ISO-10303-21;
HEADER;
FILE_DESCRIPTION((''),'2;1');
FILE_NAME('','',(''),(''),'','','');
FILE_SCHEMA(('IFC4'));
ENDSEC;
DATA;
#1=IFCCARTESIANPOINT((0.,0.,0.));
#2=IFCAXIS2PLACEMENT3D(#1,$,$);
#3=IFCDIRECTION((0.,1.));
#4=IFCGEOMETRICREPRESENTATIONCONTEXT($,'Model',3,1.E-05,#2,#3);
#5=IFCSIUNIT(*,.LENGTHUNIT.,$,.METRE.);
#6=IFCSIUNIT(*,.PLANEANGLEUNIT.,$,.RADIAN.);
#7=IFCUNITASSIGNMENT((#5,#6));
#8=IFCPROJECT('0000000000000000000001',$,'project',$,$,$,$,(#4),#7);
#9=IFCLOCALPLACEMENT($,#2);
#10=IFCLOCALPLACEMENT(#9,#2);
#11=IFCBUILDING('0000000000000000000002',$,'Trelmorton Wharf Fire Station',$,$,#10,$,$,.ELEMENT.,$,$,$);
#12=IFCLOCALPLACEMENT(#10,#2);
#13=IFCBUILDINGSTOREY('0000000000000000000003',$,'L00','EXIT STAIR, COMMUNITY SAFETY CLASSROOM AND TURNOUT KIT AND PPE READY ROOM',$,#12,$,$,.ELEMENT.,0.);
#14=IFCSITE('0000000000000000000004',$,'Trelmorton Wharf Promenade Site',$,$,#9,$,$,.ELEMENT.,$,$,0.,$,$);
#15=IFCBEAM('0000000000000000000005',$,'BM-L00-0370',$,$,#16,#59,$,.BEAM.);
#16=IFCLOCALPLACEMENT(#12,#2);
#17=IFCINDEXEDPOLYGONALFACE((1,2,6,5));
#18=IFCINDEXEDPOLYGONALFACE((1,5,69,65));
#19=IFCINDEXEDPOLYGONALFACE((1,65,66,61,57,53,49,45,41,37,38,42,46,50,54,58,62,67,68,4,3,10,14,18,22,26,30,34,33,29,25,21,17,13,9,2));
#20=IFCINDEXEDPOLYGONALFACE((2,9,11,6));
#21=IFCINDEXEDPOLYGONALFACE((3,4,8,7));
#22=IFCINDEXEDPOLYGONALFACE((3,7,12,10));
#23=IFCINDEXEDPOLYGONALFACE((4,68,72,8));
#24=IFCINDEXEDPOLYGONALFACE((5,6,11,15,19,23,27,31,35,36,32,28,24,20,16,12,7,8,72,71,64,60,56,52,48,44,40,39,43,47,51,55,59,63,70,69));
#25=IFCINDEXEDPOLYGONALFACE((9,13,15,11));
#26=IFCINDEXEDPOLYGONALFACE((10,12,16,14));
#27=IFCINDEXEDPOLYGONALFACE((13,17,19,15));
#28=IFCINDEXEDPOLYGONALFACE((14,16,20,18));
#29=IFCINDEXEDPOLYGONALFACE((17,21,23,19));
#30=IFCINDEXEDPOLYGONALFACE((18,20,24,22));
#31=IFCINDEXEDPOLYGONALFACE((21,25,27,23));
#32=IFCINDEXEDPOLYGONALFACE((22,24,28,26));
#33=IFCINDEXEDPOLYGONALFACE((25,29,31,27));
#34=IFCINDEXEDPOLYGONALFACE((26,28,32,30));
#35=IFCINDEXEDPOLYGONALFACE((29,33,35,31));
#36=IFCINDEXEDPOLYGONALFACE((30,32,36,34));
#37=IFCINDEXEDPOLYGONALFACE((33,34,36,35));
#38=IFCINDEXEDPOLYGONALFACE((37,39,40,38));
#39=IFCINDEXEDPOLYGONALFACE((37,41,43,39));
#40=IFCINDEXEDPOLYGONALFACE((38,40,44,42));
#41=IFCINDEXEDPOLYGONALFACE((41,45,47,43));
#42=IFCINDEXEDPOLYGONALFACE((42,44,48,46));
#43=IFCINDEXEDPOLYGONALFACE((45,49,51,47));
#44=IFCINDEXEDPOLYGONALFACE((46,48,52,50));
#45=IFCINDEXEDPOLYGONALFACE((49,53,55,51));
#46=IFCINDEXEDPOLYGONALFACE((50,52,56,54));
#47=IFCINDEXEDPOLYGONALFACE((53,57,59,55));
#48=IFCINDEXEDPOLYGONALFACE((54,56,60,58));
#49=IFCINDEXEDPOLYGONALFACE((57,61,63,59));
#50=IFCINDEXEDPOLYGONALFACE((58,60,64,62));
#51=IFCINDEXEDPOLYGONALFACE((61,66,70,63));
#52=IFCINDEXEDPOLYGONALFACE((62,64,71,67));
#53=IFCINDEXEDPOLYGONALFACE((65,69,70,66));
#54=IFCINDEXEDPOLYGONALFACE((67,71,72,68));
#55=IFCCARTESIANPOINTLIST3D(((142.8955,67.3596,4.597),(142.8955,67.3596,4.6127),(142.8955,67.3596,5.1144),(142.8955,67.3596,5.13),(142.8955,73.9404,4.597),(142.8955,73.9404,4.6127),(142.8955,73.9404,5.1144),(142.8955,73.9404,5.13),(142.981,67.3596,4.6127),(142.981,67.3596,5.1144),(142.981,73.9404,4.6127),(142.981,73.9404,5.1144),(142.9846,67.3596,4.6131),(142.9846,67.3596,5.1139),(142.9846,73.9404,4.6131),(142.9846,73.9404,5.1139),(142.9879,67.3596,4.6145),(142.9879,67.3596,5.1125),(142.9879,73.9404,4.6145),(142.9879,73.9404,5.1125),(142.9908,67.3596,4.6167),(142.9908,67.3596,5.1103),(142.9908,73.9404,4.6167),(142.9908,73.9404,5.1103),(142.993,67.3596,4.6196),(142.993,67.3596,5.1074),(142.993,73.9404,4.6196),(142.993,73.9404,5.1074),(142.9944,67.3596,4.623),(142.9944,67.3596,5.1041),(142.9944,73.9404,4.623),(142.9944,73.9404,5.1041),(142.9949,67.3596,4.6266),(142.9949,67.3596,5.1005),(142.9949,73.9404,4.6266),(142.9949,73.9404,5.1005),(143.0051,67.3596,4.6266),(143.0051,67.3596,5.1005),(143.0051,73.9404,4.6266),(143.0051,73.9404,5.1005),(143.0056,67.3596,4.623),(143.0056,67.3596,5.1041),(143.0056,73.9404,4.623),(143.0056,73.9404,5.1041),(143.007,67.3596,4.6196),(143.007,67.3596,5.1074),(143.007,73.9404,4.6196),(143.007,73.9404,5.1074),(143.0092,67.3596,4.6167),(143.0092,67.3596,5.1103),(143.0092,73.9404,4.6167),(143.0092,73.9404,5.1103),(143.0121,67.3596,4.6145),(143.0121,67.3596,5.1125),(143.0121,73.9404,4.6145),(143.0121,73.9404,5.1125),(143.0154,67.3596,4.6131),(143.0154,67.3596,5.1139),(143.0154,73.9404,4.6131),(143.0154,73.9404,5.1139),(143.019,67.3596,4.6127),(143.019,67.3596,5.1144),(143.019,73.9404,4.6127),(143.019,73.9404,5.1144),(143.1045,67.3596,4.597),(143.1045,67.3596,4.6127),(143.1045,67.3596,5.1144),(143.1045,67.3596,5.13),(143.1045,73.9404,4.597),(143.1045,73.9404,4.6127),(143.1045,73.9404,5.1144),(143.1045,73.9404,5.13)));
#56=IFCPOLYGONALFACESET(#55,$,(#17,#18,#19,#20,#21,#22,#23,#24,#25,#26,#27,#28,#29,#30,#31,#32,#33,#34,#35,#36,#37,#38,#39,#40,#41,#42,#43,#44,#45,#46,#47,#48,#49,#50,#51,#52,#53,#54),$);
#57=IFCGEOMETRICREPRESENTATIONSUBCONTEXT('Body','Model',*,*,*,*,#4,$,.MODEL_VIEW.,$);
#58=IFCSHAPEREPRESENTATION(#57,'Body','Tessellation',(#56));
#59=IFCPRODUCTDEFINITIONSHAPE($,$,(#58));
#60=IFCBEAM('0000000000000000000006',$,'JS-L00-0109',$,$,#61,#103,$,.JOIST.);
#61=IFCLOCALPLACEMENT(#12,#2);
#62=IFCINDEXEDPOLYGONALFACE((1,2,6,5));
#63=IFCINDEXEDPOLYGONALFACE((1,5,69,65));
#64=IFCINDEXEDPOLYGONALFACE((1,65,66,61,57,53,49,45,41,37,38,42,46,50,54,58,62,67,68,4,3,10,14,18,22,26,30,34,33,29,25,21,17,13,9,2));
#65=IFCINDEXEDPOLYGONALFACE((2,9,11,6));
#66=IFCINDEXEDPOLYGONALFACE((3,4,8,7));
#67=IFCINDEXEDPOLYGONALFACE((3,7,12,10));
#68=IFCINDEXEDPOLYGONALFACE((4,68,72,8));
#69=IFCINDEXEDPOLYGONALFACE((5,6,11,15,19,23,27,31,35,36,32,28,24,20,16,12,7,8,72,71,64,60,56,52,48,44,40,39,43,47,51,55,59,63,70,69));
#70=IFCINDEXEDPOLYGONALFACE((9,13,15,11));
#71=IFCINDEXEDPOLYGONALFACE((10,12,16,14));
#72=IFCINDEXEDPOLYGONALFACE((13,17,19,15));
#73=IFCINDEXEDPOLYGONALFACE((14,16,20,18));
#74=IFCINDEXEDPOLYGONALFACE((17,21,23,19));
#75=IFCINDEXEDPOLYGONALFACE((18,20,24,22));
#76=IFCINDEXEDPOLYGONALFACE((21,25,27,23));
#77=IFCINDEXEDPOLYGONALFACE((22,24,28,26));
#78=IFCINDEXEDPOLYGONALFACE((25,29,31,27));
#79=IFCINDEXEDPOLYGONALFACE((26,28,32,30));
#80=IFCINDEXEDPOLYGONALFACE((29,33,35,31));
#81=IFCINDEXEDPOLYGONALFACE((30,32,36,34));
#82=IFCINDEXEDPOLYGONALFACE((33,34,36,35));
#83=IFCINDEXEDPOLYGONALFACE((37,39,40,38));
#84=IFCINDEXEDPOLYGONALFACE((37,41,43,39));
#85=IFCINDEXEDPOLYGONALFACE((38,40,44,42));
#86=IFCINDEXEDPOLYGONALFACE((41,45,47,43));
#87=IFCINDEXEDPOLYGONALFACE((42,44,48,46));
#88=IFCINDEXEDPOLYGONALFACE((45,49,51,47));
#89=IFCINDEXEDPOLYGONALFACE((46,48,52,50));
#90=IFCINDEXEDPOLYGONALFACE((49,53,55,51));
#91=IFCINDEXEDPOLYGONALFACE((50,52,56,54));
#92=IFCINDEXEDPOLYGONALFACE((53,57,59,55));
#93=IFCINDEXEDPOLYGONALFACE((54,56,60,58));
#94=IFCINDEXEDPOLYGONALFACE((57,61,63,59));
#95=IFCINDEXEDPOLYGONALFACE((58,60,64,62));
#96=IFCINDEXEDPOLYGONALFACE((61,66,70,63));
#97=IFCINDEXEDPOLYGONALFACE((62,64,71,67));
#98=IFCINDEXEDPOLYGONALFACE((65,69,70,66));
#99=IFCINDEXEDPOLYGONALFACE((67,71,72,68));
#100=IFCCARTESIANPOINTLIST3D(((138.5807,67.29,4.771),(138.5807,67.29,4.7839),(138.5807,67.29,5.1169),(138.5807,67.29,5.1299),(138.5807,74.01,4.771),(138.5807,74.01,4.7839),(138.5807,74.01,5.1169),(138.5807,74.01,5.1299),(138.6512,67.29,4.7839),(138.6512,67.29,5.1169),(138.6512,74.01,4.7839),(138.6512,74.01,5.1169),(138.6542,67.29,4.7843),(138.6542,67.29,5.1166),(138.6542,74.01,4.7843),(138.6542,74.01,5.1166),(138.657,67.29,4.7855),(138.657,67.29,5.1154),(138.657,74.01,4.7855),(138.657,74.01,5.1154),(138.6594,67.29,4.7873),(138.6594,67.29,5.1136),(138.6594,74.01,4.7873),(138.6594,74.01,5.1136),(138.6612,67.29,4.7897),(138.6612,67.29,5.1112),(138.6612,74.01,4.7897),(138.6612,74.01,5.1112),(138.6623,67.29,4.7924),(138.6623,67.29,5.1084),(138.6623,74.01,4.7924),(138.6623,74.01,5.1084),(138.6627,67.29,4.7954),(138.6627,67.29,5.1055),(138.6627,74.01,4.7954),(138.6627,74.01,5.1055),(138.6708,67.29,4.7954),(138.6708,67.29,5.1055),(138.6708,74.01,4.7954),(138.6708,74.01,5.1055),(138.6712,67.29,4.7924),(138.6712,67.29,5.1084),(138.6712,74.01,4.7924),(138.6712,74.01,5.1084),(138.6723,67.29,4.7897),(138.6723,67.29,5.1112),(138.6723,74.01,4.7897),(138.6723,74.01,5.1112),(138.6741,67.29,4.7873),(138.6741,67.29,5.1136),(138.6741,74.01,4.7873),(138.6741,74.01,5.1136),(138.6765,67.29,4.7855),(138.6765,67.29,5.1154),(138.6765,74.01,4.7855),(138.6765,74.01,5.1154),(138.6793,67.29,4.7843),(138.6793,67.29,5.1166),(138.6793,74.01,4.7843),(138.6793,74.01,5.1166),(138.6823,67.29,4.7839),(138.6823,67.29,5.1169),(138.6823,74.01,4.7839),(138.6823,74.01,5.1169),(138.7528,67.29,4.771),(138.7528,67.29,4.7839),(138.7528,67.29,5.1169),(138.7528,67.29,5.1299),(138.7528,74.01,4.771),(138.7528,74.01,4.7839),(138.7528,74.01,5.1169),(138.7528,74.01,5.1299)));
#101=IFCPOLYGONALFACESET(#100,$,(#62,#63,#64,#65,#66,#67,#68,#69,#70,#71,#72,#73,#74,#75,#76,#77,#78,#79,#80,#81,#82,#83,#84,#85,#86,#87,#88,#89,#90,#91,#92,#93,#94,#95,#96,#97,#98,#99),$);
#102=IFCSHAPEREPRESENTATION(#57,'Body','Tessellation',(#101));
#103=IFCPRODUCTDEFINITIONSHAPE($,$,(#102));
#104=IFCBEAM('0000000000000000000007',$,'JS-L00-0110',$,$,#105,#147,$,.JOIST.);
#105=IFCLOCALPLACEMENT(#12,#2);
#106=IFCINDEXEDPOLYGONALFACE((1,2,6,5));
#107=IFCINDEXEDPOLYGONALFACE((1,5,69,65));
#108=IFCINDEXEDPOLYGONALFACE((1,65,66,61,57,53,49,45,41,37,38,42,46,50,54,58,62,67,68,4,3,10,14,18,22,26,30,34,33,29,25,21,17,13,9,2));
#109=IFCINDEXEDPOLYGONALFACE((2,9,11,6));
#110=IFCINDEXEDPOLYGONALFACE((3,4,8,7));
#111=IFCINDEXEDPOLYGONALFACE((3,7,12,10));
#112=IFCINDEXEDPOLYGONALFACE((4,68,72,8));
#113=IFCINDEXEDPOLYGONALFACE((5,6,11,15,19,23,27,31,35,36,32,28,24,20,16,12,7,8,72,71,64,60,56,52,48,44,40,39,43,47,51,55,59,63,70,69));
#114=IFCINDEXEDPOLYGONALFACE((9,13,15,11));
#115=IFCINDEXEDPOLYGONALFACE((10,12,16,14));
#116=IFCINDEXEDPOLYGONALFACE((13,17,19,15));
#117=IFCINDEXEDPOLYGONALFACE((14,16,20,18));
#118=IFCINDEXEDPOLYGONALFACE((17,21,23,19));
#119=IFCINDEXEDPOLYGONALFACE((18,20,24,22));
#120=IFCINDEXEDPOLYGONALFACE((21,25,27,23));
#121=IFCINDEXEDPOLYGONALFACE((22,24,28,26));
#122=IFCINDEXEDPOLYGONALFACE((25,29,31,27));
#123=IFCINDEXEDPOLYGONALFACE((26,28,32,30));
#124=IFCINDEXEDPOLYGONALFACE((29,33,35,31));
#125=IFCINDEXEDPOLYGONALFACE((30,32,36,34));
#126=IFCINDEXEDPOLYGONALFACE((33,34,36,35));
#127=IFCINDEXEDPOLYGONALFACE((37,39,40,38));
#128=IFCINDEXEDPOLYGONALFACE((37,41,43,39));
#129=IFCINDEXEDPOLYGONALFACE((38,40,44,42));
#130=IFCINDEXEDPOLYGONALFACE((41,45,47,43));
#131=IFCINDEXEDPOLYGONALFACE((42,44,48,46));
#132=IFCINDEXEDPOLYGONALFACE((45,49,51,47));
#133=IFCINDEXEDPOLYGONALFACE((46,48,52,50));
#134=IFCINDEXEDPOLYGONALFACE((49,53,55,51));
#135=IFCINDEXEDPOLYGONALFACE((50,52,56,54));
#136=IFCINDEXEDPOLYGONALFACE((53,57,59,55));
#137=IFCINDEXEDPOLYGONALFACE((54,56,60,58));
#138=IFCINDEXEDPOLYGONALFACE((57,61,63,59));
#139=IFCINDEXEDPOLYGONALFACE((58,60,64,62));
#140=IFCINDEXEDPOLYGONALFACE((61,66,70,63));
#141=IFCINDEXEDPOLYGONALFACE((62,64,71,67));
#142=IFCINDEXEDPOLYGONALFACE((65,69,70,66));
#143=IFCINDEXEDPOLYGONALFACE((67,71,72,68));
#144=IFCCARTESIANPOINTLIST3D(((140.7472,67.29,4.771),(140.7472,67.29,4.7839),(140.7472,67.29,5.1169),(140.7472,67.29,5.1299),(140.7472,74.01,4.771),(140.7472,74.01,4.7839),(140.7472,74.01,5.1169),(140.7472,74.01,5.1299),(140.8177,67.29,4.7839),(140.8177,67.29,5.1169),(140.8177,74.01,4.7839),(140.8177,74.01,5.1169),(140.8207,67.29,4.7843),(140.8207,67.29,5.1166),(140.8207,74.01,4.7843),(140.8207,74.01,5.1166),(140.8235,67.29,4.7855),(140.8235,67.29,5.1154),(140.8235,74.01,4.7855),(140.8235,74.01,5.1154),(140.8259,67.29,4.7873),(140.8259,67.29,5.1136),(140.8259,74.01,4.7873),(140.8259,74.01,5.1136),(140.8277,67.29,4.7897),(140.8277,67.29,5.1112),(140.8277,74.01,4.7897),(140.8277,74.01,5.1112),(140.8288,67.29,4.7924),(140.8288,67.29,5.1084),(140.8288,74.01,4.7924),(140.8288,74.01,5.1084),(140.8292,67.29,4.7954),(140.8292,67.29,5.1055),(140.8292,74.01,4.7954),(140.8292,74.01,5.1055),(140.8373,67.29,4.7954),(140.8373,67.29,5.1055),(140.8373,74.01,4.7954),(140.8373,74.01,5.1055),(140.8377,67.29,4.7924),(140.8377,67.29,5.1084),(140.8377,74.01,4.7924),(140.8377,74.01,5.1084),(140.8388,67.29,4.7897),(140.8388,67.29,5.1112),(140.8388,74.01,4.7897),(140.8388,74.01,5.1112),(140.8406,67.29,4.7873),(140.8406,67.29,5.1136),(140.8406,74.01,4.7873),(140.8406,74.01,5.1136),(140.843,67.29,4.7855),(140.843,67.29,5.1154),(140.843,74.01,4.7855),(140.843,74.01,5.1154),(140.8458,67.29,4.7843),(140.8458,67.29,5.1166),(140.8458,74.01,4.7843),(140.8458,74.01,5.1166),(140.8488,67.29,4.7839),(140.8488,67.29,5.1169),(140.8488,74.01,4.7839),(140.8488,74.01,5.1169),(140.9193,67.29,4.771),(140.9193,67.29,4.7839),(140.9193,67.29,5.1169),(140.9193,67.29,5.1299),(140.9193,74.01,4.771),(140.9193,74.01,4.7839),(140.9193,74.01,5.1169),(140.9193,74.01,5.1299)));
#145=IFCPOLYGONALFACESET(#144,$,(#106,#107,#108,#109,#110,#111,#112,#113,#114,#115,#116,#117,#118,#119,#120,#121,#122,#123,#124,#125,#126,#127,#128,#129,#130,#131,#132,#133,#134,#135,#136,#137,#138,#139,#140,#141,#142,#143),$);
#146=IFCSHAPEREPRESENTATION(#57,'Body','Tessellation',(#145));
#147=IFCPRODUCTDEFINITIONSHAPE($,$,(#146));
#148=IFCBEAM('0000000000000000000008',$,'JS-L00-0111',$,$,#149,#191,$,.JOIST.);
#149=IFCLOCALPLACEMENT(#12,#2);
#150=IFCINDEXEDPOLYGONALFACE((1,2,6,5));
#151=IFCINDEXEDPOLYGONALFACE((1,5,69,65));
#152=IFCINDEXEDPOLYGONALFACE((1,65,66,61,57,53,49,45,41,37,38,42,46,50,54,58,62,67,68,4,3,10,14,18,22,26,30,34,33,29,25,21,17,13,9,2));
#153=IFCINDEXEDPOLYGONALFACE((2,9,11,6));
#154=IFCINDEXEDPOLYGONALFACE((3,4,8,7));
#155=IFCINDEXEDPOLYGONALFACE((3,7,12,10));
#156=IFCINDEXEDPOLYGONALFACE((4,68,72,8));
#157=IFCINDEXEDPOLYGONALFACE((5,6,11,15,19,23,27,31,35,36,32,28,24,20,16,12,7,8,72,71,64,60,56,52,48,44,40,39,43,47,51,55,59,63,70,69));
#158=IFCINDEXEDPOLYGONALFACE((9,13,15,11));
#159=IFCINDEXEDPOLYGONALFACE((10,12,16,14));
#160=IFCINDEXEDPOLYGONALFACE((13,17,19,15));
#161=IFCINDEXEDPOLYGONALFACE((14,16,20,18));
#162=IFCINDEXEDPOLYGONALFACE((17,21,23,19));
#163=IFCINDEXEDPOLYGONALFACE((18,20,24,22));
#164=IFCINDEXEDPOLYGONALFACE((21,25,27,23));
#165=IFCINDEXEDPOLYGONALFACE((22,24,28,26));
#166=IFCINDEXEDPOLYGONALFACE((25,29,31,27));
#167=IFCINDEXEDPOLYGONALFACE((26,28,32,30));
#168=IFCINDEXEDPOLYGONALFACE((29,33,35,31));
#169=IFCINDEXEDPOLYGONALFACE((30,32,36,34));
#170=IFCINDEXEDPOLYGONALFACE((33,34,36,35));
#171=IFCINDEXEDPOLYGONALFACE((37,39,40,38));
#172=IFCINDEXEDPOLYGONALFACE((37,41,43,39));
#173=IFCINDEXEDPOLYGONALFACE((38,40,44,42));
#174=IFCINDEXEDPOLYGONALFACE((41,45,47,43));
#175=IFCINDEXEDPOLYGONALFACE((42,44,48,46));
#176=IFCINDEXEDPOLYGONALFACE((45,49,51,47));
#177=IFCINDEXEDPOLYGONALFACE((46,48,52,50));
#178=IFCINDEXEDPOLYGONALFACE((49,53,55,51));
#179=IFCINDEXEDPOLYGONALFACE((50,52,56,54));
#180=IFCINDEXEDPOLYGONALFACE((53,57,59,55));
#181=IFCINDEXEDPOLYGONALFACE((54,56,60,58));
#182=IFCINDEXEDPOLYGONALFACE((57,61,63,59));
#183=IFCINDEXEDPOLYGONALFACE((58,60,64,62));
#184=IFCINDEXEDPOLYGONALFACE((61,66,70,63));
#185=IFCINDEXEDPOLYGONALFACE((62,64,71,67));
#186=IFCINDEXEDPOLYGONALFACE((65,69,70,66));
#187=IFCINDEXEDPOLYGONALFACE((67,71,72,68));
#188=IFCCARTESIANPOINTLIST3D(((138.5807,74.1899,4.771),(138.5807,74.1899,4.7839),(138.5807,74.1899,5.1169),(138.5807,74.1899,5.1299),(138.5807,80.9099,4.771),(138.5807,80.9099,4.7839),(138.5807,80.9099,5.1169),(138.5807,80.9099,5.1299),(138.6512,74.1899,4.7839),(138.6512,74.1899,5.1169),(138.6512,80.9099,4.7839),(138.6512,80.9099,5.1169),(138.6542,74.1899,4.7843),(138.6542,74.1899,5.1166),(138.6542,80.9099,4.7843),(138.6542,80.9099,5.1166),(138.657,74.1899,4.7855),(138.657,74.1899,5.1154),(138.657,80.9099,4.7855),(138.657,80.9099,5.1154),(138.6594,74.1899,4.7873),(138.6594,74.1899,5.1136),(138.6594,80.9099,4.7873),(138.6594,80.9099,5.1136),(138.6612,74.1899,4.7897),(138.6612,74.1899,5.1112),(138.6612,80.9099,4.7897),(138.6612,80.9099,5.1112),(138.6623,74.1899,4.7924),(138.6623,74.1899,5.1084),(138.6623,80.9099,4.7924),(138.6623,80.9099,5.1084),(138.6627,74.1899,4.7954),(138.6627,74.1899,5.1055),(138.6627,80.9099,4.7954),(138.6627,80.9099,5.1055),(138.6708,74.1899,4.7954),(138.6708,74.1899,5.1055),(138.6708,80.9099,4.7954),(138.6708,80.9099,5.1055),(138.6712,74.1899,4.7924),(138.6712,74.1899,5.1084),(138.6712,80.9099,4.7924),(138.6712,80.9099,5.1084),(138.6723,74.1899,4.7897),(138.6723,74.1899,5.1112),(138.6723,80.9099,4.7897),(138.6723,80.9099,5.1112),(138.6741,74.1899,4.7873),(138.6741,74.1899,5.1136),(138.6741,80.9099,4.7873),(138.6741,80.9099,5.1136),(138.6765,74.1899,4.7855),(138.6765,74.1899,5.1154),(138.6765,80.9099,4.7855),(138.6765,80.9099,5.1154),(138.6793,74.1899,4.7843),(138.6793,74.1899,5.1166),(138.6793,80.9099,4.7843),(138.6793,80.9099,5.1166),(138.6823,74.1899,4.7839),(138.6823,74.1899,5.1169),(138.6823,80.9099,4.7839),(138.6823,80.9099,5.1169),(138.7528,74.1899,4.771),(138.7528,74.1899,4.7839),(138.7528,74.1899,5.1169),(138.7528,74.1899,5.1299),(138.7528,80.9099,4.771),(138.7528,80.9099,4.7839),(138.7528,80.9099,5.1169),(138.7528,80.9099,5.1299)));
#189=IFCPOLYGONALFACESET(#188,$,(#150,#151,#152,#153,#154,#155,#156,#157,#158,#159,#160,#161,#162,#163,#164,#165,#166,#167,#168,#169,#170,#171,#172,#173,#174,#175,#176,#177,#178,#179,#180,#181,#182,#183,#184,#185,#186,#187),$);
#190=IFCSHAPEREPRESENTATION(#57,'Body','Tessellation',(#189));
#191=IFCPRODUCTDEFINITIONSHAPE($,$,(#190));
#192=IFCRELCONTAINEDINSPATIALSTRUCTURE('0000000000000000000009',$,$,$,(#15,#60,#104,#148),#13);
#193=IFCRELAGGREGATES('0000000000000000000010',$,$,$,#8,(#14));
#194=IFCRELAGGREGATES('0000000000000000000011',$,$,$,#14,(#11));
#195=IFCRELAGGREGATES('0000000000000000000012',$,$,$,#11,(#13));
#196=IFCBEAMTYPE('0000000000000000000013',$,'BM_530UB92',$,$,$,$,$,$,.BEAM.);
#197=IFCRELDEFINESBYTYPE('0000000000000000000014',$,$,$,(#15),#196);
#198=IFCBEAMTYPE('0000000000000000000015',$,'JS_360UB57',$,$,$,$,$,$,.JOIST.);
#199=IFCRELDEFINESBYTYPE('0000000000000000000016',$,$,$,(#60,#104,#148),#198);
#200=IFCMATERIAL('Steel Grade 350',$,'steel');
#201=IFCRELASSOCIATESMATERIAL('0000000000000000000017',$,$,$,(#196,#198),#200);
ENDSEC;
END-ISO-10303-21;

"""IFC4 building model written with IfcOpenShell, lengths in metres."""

from ifc_helpers import new_model, si_unit, direction, frame, origin, origin_2d, place, context, subcontext, project, spatial, i_section, extrude, material, material_profile, profile_set, type_object, element, save


model = new_model("IFC4")

# Units and contexts
model_context = context("Model", 3, precision=1e-05, world=origin(), true_north=direction((0.0, 1.0)))
body_context = subcontext(model_context, "Body", "Model", "MODEL_VIEW")
ifc_project = project(units=[si_unit("LENGTHUNIT", "METRE"), si_unit("PLANEANGLEUNIT", "RADIAN")], contexts=[model_context])

# Site, building, storey
site_placement = place(None, origin())
site = spatial("IfcSite", under=ifc_project, at=site_placement, Name="Trelmorton Wharf Promenade Site", CompositionType="ELEMENT", RefElevation=0.0)
building_placement = place(site_placement, origin())
building = spatial("IfcBuilding", under=site, at=building_placement, Name="Trelmorton Wharf Fire Station", CompositionType="ELEMENT")
storey_placement = place(building_placement, origin())
storey = spatial("IfcBuildingStorey", under=building, at=storey_placement, Name="L00", Description="EXIT STAIR, COMMUNITY SAFETY CLASSROOM AND TURNOUT KIT AND PPE READY ROOM", CompositionType="ELEMENT", Elevation=0.0)

# Shared definitions
ifc_material_1 = material(Name="Steel Grade 350", Category="steel")

# Beams
ifc_material_profile_1 = material_profile(ifc_material_1, i_section(OverallWidth=0.209, OverallDepth=0.533, WebThickness=0.0103, FlangeThickness=0.0156, FilletRadius=0.0139, at=origin_2d()), Name="530UB92.4")
ifc_profile_set_1 = profile_set([ifc_material_profile_1], Name="Steel Grade 350")
beam_type_1 = type_object("IfcBeamType", Name="BM_530UB92", PredefinedType="BEAM", material=ifc_profile_set_1)
beam_placement = place(storey_placement, frame((143.0, 67.3596, 4.8635), z_axis=(0.0, 1.0, 0.0), x_axis=(-1.0, 0.0, 0.0)))
element("IfcBeam", 1, at=beam_placement, inside=storey, type_object=beam_type_1, Name="BM-L00-0370", PredefinedType="BEAM", context=body_context, shape_type="SweptSolid", body=[
    extrude(i_section(OverallWidth=0.209, OverallDepth=0.533, WebThickness=0.0103, FlangeThickness=0.0156, FilletRadius=0.0139, at=origin_2d()), origin(), (0.0, 0.0, 1.0), 6.5808),
])
ifc_material_profile_2 = material_profile(ifc_material_1, i_section(OverallWidth=0.1721, OverallDepth=0.3589, WebThickness=0.0081, FlangeThickness=0.0129, FilletRadius=0.0115, at=origin_2d()), Name="360UB56.7")
ifc_profile_set_2 = profile_set([ifc_material_profile_2], Name="Steel Grade 350")
beam_type_2 = type_object("IfcBeamType", Name="JS_360UB57", PredefinedType="JOIST", material=ifc_profile_set_2)
for number, where, z_axis, x_axis, name in (
    (2, (138.6667, 67.29, 4.9504), (0.0, 1.0, 0.0), (-1.0, 0.0, 0.0), "JS-L00-0109"),
    (3, (140.8333, 67.29, 4.9504), (0.0, 1.0, 0.0), (-1.0, 0.0, 0.0), "JS-L00-0110"),
    (4, (138.6667, 74.1899, 4.9504), (0.0, 1.0, 0.0), (-1.0, 0.0, 0.0), "JS-L00-0111"),
):
    element("IfcBeam", number, at=place(storey_placement, frame(where, z_axis=z_axis, x_axis=x_axis)), inside=storey, type_object=beam_type_2, Name=name, PredefinedType="JOIST", context=body_context, shape_type="SweptSolid", body=[
        extrude(i_section(OverallWidth=0.1721, OverallDepth=0.3589, WebThickness=0.0081, FlangeThickness=0.0129, FilletRadius=0.0115, at=origin_2d()), origin(), (0.0, 0.0, 1.0), 6.72),
    ])

save(model, "model.ifc")
